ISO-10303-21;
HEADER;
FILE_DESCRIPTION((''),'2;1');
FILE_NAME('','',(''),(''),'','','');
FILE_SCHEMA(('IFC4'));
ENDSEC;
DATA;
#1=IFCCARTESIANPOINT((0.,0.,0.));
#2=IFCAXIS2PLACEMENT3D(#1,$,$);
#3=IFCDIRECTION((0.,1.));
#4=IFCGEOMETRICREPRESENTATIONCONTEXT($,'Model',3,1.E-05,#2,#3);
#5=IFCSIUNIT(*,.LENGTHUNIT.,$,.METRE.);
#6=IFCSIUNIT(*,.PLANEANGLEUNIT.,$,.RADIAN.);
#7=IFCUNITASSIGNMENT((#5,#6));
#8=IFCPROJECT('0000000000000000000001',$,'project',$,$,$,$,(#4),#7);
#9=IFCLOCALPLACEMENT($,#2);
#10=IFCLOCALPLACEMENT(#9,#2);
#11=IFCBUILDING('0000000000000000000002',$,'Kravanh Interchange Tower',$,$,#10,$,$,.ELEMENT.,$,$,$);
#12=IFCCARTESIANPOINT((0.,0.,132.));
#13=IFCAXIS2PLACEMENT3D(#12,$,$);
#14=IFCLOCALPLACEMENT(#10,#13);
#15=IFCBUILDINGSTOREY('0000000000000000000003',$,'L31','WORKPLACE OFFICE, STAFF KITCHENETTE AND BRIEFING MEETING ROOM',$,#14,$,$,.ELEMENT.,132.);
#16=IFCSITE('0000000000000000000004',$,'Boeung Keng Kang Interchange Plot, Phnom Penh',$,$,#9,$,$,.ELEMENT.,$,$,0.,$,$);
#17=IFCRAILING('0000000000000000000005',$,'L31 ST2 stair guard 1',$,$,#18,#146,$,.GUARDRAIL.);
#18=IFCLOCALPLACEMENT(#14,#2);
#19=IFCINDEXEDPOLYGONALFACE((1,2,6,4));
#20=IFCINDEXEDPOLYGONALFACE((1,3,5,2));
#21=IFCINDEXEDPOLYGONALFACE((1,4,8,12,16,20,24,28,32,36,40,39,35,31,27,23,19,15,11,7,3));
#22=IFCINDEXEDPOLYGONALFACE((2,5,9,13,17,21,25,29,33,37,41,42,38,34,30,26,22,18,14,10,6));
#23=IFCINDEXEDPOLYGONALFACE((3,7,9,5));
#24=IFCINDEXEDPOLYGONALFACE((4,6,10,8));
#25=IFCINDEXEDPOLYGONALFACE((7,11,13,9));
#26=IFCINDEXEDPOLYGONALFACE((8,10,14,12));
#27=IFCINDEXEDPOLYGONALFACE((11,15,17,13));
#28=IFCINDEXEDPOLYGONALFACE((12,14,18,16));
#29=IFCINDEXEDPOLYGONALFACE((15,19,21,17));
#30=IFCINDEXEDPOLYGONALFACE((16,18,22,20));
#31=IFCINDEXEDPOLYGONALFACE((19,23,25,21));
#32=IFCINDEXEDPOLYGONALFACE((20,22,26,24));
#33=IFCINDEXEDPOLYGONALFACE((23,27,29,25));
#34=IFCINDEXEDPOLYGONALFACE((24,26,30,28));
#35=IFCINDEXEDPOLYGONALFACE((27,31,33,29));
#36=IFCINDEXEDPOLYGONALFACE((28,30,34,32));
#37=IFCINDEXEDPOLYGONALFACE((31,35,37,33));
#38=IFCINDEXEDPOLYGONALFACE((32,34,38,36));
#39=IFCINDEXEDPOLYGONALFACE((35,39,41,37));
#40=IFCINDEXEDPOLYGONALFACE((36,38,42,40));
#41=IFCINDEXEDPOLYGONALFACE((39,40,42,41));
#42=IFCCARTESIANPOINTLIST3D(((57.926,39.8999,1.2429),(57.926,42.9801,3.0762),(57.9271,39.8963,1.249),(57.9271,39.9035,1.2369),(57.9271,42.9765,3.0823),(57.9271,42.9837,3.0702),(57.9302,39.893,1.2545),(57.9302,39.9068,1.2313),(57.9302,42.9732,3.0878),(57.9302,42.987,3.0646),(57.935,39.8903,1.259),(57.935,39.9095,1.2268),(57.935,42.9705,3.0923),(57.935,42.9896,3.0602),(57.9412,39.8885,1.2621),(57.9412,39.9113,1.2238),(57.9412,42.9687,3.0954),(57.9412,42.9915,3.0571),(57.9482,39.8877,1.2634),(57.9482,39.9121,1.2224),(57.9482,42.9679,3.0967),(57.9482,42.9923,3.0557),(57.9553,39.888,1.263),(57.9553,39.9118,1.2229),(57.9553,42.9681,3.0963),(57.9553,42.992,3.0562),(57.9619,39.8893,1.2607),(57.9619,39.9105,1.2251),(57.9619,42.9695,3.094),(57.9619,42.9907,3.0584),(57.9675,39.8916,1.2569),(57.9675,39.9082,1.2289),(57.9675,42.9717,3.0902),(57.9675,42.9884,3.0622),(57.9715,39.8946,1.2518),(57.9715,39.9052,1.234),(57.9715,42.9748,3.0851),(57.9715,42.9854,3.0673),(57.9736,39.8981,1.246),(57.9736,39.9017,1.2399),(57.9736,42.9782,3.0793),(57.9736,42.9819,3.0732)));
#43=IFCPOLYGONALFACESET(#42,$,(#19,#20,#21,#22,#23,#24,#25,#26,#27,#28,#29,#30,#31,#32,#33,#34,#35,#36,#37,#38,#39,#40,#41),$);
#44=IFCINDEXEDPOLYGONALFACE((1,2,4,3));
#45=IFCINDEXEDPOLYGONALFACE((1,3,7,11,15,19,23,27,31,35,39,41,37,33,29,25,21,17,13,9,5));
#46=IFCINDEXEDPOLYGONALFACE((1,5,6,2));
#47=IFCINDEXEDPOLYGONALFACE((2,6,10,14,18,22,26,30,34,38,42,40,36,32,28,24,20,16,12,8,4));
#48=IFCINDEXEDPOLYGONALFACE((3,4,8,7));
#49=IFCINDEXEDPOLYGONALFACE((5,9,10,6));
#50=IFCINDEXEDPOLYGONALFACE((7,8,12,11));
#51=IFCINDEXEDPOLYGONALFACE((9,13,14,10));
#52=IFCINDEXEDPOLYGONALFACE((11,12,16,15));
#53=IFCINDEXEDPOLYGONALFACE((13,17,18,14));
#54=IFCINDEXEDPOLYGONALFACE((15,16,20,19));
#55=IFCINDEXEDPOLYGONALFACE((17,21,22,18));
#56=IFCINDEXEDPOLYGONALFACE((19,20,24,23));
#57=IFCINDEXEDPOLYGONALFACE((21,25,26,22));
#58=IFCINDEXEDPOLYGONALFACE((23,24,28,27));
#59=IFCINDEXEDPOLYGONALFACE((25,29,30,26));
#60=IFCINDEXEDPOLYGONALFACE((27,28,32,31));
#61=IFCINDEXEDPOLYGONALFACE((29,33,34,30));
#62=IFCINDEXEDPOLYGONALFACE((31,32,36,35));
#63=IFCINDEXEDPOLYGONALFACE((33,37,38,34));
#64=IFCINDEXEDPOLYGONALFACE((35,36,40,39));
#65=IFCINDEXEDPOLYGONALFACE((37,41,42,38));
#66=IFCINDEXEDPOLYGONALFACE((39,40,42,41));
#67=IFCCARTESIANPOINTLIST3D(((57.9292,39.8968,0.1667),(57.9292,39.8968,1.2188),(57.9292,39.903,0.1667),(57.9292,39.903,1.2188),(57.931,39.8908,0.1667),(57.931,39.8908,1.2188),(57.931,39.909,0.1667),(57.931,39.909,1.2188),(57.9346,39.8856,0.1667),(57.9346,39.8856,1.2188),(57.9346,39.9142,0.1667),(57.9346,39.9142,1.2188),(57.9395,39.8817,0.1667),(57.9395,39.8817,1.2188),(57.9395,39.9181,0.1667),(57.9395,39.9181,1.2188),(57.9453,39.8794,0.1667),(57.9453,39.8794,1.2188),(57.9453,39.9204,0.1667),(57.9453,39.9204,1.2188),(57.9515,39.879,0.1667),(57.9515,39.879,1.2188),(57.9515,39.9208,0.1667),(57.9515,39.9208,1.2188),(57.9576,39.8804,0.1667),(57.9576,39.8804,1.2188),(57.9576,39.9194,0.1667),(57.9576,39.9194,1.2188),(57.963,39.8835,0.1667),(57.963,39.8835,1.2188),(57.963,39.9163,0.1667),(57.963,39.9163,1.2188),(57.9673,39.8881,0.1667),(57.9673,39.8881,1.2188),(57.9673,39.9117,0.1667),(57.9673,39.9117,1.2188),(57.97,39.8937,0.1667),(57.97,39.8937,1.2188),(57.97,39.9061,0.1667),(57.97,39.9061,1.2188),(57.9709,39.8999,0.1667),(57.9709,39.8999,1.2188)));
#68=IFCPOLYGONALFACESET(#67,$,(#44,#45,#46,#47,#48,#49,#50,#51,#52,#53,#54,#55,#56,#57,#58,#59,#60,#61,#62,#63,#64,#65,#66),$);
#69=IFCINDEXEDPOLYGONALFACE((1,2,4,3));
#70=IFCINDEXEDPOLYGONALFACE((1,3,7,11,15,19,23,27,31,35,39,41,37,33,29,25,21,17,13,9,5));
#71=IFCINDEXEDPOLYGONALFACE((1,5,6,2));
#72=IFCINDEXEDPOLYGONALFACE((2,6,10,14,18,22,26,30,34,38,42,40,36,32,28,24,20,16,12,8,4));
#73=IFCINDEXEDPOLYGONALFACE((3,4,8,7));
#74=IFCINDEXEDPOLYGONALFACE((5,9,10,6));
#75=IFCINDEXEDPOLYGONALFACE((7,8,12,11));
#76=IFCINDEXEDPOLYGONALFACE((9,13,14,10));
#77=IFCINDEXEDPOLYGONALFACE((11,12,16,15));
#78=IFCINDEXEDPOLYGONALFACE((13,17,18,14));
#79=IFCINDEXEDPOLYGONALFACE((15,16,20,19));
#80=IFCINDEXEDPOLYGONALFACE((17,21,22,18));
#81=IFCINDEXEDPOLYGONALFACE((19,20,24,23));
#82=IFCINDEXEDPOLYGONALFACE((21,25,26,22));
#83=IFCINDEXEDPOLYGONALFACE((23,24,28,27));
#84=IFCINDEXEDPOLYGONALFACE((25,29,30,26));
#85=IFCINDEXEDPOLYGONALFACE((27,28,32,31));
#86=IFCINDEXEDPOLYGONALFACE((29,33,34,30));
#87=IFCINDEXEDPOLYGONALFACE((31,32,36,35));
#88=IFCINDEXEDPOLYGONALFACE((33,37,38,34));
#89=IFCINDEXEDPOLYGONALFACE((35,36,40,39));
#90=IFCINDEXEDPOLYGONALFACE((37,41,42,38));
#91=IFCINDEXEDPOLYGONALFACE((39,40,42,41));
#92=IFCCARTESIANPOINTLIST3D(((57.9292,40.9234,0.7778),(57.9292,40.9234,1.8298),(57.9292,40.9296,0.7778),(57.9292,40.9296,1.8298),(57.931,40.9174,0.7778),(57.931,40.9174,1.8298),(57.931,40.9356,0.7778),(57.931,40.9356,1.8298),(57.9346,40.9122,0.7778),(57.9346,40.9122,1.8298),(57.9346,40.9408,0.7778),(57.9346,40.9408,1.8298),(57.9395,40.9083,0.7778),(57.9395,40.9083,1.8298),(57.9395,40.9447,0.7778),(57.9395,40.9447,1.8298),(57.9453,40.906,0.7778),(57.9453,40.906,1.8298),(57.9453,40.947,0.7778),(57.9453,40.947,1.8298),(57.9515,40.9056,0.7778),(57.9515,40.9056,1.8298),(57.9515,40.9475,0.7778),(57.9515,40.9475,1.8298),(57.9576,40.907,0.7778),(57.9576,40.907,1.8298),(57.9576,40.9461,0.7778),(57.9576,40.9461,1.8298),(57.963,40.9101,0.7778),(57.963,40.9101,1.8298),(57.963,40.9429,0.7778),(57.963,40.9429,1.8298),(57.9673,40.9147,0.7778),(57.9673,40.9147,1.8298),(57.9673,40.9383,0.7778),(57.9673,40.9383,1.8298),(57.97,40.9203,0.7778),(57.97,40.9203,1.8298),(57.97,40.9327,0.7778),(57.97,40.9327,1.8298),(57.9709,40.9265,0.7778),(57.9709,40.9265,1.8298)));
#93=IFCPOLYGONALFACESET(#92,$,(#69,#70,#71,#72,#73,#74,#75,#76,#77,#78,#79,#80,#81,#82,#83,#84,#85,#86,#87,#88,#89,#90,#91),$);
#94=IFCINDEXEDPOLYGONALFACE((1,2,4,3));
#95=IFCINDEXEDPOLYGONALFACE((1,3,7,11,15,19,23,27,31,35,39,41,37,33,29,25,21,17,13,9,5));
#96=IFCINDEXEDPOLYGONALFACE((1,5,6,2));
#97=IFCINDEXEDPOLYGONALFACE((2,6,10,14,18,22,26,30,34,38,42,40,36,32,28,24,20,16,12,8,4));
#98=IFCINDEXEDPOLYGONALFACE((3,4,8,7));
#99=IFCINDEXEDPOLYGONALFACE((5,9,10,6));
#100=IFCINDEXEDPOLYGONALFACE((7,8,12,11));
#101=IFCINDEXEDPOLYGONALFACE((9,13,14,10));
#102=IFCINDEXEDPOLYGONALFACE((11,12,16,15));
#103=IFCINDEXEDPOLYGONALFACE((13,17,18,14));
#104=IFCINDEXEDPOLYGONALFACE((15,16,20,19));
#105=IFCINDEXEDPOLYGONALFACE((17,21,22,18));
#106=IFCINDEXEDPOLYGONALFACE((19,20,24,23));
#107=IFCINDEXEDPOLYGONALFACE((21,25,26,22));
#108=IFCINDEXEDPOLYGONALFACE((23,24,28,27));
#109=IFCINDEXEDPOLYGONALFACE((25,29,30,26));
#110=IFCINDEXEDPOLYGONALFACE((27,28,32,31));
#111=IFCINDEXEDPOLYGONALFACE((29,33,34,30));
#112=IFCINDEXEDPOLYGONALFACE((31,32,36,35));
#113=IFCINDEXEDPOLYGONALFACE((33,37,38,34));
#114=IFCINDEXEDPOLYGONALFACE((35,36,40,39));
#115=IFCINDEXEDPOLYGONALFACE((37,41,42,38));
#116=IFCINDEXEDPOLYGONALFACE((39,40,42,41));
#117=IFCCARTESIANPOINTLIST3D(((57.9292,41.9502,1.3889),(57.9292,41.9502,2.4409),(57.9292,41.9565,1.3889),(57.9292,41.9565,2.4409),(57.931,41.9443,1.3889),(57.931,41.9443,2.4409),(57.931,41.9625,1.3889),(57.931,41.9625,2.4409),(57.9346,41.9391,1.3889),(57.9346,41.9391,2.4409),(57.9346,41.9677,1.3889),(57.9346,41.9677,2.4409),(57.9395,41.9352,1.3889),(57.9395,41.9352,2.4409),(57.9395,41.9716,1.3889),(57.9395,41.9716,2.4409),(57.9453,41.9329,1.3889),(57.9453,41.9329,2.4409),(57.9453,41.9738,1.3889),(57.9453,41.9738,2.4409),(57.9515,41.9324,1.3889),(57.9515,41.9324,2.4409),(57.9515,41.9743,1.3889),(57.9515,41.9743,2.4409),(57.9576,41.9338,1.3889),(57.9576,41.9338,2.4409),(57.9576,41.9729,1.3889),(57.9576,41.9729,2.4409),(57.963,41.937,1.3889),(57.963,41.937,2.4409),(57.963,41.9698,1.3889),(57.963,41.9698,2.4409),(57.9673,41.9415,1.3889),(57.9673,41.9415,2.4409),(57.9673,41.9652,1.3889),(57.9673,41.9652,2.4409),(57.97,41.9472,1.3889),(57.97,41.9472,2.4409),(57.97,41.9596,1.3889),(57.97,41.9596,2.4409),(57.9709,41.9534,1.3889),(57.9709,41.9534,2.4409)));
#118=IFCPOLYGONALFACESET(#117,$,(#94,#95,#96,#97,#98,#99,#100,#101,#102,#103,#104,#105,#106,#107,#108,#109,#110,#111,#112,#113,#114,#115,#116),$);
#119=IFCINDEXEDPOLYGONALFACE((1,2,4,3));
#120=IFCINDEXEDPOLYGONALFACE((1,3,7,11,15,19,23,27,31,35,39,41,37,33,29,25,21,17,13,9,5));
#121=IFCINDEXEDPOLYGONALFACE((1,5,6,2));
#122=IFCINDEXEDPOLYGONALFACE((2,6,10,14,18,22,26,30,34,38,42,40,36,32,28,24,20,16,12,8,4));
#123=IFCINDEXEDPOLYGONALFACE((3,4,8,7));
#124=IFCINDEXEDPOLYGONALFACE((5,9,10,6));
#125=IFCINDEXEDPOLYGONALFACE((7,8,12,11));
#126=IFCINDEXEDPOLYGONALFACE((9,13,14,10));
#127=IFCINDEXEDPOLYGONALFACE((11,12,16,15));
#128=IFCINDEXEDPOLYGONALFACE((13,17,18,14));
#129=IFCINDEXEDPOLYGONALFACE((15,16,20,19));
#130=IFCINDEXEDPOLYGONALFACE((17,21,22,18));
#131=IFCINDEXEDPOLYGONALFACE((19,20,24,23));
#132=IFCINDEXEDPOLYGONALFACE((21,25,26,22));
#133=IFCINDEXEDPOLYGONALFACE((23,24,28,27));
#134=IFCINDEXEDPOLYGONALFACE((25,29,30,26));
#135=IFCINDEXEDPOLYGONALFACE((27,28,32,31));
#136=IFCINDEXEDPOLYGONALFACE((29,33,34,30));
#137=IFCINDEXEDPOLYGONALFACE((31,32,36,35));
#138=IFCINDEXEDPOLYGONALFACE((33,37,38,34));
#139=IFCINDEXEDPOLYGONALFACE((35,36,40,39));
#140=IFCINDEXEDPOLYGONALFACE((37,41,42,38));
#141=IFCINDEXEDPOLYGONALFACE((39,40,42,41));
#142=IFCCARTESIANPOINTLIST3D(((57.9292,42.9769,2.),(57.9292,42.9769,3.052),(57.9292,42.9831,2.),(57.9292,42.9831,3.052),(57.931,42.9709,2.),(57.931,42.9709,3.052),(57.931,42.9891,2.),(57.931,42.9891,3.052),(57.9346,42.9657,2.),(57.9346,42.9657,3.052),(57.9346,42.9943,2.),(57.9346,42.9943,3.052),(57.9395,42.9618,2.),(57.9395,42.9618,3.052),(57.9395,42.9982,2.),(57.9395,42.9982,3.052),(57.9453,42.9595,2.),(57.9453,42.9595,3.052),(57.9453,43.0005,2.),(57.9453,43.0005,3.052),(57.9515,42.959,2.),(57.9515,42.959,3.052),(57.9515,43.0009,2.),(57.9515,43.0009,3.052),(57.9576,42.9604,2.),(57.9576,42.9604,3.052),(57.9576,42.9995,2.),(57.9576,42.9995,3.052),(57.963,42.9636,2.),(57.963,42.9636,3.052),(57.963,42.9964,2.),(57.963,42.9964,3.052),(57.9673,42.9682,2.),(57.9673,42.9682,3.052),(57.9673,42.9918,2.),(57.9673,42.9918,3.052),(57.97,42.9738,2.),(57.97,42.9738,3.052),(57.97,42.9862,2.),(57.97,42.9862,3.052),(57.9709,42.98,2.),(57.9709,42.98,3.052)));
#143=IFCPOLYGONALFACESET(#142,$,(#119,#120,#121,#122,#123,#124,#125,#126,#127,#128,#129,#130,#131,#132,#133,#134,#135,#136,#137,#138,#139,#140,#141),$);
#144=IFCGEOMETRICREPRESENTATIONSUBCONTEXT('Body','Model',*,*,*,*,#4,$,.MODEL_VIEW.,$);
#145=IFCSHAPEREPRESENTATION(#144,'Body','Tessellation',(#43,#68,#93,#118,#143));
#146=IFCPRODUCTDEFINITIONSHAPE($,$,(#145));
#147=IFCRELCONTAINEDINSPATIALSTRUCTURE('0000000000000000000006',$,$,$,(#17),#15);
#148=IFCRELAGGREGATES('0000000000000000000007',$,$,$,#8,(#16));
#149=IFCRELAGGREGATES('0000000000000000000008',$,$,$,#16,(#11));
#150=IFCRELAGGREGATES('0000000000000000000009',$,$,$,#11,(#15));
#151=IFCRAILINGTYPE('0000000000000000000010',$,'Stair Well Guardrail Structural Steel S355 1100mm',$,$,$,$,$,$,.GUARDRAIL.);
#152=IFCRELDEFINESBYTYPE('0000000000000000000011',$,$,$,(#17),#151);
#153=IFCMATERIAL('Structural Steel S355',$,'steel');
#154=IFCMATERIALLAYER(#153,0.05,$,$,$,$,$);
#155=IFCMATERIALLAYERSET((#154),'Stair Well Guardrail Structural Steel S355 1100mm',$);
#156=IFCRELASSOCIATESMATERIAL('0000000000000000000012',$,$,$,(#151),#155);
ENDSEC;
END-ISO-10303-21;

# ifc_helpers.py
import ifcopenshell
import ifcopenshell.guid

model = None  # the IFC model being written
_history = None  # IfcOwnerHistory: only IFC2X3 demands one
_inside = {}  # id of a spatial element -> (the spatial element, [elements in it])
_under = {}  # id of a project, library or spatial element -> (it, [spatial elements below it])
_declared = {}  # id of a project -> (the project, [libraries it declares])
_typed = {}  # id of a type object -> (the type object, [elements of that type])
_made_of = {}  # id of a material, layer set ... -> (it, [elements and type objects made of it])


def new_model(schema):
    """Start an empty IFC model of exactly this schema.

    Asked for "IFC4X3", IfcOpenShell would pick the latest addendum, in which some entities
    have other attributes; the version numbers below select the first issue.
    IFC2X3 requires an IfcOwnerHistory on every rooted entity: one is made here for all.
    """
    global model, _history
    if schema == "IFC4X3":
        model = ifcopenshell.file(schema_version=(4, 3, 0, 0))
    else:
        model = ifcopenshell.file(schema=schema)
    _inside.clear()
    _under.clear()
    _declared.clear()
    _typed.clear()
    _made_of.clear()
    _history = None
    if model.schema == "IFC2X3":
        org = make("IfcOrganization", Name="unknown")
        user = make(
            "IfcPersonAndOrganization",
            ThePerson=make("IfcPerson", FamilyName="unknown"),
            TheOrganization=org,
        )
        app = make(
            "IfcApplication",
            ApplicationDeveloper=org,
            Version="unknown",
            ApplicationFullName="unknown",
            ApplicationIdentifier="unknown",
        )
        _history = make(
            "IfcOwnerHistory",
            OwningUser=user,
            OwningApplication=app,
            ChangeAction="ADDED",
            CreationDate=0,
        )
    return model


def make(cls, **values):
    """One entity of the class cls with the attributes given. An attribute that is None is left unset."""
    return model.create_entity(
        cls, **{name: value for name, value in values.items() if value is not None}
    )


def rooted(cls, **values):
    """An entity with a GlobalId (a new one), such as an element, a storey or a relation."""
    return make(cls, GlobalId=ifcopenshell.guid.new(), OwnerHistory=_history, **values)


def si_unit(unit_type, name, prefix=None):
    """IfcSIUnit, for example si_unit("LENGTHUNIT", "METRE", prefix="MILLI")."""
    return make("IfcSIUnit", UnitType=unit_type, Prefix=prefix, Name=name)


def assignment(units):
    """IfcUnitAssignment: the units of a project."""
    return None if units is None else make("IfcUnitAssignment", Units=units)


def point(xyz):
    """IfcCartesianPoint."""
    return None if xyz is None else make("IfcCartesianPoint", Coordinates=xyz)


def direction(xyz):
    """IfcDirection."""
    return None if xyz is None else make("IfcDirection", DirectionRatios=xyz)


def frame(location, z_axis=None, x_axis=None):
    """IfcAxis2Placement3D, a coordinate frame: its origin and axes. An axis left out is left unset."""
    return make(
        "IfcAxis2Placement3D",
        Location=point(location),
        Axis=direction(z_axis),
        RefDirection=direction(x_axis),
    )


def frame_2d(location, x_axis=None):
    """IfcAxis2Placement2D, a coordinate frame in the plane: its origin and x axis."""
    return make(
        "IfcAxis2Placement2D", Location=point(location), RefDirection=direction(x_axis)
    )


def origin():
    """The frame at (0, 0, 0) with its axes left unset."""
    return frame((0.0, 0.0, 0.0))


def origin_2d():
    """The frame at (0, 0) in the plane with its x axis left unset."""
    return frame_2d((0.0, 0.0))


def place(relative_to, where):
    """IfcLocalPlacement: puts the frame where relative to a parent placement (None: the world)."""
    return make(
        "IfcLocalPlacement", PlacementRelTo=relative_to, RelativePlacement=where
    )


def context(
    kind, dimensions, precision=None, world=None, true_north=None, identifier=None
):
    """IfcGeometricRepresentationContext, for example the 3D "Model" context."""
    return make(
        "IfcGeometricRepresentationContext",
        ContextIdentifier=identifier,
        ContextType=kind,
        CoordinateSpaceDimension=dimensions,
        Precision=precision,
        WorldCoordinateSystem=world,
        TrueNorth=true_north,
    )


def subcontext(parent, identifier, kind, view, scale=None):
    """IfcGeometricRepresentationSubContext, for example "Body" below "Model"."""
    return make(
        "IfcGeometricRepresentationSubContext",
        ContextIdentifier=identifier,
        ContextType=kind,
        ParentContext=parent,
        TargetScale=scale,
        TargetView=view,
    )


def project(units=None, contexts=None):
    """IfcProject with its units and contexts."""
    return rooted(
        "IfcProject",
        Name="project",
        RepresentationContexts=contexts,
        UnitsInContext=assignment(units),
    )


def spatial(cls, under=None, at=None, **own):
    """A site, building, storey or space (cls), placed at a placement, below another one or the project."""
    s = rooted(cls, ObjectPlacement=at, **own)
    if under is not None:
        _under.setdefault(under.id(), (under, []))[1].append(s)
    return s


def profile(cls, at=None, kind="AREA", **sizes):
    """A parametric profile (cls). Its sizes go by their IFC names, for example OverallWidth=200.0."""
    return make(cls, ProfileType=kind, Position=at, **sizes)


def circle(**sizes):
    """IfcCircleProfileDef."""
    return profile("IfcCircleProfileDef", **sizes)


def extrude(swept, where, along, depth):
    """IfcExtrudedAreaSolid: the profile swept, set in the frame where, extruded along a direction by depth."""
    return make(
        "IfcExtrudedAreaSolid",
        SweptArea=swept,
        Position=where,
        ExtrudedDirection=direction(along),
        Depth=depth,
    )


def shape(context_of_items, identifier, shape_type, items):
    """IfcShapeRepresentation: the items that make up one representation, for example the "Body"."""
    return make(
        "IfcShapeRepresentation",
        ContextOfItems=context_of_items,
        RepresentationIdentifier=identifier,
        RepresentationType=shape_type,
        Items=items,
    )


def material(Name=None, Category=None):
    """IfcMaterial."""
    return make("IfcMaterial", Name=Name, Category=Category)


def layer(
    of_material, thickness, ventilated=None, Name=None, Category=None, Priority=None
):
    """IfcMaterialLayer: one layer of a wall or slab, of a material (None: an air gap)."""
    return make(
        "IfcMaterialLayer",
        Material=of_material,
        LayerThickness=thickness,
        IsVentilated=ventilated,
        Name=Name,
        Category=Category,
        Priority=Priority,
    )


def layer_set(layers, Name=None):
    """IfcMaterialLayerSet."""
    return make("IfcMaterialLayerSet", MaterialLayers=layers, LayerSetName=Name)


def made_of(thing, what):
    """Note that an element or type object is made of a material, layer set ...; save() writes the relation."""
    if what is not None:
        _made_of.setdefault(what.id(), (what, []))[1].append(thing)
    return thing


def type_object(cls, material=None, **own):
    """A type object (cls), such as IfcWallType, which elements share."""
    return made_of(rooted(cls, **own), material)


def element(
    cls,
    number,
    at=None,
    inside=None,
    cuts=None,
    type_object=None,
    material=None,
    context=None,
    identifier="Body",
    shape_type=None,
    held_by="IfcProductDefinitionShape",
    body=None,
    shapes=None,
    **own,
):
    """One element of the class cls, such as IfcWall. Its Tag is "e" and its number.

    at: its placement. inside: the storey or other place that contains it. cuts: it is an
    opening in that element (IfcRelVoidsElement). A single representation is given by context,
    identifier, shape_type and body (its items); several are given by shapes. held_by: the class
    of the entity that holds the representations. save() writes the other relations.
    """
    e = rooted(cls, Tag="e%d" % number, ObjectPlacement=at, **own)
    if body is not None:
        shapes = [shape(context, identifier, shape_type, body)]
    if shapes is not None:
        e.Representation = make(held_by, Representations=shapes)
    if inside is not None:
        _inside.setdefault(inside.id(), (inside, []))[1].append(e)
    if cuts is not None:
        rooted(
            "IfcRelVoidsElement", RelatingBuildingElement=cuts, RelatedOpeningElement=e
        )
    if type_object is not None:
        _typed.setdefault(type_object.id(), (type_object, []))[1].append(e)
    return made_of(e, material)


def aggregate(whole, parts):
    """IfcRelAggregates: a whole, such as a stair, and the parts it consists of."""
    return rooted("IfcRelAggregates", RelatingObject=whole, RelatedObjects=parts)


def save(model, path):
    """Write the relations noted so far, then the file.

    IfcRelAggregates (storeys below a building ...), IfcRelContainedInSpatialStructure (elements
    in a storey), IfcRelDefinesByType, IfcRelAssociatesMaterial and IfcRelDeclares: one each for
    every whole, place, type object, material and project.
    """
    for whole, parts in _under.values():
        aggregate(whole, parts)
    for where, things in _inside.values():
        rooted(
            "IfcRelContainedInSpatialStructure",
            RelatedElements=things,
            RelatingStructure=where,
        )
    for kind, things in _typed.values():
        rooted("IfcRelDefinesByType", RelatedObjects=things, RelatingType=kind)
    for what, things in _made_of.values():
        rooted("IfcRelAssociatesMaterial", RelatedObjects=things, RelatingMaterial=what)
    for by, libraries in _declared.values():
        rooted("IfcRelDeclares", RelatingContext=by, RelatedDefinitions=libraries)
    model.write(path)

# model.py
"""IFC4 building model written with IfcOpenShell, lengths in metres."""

from ifc_helpers import new_model, si_unit, direction, frame, origin, origin_2d, place, context, subcontext, project, spatial, circle, extrude, material, layer, layer_set, type_object, element, save


model = new_model("IFC4")

# Units and contexts
model_context = context("Model", 3, precision=1e-05, world=origin(), true_north=direction((0.0, 1.0)))
body_context = subcontext(model_context, "Body", "Model", "MODEL_VIEW")
ifc_project = project(units=[si_unit("LENGTHUNIT", "METRE"), si_unit("PLANEANGLEUNIT", "RADIAN")], contexts=[model_context])

# Site, building, storey
site_placement = place(None, origin())
site = spatial("IfcSite", under=ifc_project, at=site_placement, Name="Boeung Keng Kang Interchange Plot, Phnom Penh", CompositionType="ELEMENT", RefElevation=0.0)
building_placement = place(site_placement, origin())
building = spatial("IfcBuilding", under=site, at=building_placement, Name="Kravanh Interchange Tower", CompositionType="ELEMENT")
storey_placement = place(building_placement, frame((0.0, 0.0, 132.0)))
storey = spatial("IfcBuildingStorey", under=building, at=storey_placement, Name="L31", Description="WORKPLACE OFFICE, STAFF KITCHENETTE AND BRIEFING MEETING ROOM", CompositionType="ELEMENT", Elevation=132.0)

# Railing
ifc_material_1 = material(Name="Structural Steel S355", Category="steel")
ifc_layer_1 = layer(ifc_material_1, 0.05)
ifc_layer_set_1 = layer_set([ifc_layer_1], Name="Stair Well Guardrail Structural Steel S355 1100mm")
railing_type_1 = type_object("IfcRailingType", Name="Stair Well Guardrail Structural Steel S355 1100mm", PredefinedType="GUARDRAIL", material=ifc_layer_set_1)
railing_1_placement = place(storey_placement, frame((57.95, 39.8999, 0.1667)))
element("IfcRailing", 1, at=railing_1_placement, inside=storey, type_object=railing_type_1, Name="L31 ST2 stair guard 1", PredefinedType="GUARDRAIL", context=body_context, shape_type="SweptSolid", body=[
    extrude(circle(Radius=0.0239, at=origin_2d()), frame((0.0, 0.0, 1.0762), z_axis=(0.0, 0.859309, 0.511458), x_axis=(-1.0, 0.0, 0.0)), (0.0, 0.0, 1.0), 3.5845),
    extrude(circle(Radius=0.021, at=origin_2d()), origin(), (0.0, 0.0, 1.0), 1.052),
    extrude(circle(Radius=0.021, at=origin_2d()), frame((0.0, 1.0266, 0.6111)), (0.0, 0.0, 1.0), 1.052),
    extrude(circle(Radius=0.021, at=origin_2d()), frame((0.0, 2.0535, 1.2222)), (0.0, 0.0, 1.0), 1.052),
    extrude(circle(Radius=0.021, at=origin_2d()), frame((0.0, 3.0801, 1.8333)), (0.0, 0.0, 1.0), 1.052),
])

save(model, "model.ifc")
